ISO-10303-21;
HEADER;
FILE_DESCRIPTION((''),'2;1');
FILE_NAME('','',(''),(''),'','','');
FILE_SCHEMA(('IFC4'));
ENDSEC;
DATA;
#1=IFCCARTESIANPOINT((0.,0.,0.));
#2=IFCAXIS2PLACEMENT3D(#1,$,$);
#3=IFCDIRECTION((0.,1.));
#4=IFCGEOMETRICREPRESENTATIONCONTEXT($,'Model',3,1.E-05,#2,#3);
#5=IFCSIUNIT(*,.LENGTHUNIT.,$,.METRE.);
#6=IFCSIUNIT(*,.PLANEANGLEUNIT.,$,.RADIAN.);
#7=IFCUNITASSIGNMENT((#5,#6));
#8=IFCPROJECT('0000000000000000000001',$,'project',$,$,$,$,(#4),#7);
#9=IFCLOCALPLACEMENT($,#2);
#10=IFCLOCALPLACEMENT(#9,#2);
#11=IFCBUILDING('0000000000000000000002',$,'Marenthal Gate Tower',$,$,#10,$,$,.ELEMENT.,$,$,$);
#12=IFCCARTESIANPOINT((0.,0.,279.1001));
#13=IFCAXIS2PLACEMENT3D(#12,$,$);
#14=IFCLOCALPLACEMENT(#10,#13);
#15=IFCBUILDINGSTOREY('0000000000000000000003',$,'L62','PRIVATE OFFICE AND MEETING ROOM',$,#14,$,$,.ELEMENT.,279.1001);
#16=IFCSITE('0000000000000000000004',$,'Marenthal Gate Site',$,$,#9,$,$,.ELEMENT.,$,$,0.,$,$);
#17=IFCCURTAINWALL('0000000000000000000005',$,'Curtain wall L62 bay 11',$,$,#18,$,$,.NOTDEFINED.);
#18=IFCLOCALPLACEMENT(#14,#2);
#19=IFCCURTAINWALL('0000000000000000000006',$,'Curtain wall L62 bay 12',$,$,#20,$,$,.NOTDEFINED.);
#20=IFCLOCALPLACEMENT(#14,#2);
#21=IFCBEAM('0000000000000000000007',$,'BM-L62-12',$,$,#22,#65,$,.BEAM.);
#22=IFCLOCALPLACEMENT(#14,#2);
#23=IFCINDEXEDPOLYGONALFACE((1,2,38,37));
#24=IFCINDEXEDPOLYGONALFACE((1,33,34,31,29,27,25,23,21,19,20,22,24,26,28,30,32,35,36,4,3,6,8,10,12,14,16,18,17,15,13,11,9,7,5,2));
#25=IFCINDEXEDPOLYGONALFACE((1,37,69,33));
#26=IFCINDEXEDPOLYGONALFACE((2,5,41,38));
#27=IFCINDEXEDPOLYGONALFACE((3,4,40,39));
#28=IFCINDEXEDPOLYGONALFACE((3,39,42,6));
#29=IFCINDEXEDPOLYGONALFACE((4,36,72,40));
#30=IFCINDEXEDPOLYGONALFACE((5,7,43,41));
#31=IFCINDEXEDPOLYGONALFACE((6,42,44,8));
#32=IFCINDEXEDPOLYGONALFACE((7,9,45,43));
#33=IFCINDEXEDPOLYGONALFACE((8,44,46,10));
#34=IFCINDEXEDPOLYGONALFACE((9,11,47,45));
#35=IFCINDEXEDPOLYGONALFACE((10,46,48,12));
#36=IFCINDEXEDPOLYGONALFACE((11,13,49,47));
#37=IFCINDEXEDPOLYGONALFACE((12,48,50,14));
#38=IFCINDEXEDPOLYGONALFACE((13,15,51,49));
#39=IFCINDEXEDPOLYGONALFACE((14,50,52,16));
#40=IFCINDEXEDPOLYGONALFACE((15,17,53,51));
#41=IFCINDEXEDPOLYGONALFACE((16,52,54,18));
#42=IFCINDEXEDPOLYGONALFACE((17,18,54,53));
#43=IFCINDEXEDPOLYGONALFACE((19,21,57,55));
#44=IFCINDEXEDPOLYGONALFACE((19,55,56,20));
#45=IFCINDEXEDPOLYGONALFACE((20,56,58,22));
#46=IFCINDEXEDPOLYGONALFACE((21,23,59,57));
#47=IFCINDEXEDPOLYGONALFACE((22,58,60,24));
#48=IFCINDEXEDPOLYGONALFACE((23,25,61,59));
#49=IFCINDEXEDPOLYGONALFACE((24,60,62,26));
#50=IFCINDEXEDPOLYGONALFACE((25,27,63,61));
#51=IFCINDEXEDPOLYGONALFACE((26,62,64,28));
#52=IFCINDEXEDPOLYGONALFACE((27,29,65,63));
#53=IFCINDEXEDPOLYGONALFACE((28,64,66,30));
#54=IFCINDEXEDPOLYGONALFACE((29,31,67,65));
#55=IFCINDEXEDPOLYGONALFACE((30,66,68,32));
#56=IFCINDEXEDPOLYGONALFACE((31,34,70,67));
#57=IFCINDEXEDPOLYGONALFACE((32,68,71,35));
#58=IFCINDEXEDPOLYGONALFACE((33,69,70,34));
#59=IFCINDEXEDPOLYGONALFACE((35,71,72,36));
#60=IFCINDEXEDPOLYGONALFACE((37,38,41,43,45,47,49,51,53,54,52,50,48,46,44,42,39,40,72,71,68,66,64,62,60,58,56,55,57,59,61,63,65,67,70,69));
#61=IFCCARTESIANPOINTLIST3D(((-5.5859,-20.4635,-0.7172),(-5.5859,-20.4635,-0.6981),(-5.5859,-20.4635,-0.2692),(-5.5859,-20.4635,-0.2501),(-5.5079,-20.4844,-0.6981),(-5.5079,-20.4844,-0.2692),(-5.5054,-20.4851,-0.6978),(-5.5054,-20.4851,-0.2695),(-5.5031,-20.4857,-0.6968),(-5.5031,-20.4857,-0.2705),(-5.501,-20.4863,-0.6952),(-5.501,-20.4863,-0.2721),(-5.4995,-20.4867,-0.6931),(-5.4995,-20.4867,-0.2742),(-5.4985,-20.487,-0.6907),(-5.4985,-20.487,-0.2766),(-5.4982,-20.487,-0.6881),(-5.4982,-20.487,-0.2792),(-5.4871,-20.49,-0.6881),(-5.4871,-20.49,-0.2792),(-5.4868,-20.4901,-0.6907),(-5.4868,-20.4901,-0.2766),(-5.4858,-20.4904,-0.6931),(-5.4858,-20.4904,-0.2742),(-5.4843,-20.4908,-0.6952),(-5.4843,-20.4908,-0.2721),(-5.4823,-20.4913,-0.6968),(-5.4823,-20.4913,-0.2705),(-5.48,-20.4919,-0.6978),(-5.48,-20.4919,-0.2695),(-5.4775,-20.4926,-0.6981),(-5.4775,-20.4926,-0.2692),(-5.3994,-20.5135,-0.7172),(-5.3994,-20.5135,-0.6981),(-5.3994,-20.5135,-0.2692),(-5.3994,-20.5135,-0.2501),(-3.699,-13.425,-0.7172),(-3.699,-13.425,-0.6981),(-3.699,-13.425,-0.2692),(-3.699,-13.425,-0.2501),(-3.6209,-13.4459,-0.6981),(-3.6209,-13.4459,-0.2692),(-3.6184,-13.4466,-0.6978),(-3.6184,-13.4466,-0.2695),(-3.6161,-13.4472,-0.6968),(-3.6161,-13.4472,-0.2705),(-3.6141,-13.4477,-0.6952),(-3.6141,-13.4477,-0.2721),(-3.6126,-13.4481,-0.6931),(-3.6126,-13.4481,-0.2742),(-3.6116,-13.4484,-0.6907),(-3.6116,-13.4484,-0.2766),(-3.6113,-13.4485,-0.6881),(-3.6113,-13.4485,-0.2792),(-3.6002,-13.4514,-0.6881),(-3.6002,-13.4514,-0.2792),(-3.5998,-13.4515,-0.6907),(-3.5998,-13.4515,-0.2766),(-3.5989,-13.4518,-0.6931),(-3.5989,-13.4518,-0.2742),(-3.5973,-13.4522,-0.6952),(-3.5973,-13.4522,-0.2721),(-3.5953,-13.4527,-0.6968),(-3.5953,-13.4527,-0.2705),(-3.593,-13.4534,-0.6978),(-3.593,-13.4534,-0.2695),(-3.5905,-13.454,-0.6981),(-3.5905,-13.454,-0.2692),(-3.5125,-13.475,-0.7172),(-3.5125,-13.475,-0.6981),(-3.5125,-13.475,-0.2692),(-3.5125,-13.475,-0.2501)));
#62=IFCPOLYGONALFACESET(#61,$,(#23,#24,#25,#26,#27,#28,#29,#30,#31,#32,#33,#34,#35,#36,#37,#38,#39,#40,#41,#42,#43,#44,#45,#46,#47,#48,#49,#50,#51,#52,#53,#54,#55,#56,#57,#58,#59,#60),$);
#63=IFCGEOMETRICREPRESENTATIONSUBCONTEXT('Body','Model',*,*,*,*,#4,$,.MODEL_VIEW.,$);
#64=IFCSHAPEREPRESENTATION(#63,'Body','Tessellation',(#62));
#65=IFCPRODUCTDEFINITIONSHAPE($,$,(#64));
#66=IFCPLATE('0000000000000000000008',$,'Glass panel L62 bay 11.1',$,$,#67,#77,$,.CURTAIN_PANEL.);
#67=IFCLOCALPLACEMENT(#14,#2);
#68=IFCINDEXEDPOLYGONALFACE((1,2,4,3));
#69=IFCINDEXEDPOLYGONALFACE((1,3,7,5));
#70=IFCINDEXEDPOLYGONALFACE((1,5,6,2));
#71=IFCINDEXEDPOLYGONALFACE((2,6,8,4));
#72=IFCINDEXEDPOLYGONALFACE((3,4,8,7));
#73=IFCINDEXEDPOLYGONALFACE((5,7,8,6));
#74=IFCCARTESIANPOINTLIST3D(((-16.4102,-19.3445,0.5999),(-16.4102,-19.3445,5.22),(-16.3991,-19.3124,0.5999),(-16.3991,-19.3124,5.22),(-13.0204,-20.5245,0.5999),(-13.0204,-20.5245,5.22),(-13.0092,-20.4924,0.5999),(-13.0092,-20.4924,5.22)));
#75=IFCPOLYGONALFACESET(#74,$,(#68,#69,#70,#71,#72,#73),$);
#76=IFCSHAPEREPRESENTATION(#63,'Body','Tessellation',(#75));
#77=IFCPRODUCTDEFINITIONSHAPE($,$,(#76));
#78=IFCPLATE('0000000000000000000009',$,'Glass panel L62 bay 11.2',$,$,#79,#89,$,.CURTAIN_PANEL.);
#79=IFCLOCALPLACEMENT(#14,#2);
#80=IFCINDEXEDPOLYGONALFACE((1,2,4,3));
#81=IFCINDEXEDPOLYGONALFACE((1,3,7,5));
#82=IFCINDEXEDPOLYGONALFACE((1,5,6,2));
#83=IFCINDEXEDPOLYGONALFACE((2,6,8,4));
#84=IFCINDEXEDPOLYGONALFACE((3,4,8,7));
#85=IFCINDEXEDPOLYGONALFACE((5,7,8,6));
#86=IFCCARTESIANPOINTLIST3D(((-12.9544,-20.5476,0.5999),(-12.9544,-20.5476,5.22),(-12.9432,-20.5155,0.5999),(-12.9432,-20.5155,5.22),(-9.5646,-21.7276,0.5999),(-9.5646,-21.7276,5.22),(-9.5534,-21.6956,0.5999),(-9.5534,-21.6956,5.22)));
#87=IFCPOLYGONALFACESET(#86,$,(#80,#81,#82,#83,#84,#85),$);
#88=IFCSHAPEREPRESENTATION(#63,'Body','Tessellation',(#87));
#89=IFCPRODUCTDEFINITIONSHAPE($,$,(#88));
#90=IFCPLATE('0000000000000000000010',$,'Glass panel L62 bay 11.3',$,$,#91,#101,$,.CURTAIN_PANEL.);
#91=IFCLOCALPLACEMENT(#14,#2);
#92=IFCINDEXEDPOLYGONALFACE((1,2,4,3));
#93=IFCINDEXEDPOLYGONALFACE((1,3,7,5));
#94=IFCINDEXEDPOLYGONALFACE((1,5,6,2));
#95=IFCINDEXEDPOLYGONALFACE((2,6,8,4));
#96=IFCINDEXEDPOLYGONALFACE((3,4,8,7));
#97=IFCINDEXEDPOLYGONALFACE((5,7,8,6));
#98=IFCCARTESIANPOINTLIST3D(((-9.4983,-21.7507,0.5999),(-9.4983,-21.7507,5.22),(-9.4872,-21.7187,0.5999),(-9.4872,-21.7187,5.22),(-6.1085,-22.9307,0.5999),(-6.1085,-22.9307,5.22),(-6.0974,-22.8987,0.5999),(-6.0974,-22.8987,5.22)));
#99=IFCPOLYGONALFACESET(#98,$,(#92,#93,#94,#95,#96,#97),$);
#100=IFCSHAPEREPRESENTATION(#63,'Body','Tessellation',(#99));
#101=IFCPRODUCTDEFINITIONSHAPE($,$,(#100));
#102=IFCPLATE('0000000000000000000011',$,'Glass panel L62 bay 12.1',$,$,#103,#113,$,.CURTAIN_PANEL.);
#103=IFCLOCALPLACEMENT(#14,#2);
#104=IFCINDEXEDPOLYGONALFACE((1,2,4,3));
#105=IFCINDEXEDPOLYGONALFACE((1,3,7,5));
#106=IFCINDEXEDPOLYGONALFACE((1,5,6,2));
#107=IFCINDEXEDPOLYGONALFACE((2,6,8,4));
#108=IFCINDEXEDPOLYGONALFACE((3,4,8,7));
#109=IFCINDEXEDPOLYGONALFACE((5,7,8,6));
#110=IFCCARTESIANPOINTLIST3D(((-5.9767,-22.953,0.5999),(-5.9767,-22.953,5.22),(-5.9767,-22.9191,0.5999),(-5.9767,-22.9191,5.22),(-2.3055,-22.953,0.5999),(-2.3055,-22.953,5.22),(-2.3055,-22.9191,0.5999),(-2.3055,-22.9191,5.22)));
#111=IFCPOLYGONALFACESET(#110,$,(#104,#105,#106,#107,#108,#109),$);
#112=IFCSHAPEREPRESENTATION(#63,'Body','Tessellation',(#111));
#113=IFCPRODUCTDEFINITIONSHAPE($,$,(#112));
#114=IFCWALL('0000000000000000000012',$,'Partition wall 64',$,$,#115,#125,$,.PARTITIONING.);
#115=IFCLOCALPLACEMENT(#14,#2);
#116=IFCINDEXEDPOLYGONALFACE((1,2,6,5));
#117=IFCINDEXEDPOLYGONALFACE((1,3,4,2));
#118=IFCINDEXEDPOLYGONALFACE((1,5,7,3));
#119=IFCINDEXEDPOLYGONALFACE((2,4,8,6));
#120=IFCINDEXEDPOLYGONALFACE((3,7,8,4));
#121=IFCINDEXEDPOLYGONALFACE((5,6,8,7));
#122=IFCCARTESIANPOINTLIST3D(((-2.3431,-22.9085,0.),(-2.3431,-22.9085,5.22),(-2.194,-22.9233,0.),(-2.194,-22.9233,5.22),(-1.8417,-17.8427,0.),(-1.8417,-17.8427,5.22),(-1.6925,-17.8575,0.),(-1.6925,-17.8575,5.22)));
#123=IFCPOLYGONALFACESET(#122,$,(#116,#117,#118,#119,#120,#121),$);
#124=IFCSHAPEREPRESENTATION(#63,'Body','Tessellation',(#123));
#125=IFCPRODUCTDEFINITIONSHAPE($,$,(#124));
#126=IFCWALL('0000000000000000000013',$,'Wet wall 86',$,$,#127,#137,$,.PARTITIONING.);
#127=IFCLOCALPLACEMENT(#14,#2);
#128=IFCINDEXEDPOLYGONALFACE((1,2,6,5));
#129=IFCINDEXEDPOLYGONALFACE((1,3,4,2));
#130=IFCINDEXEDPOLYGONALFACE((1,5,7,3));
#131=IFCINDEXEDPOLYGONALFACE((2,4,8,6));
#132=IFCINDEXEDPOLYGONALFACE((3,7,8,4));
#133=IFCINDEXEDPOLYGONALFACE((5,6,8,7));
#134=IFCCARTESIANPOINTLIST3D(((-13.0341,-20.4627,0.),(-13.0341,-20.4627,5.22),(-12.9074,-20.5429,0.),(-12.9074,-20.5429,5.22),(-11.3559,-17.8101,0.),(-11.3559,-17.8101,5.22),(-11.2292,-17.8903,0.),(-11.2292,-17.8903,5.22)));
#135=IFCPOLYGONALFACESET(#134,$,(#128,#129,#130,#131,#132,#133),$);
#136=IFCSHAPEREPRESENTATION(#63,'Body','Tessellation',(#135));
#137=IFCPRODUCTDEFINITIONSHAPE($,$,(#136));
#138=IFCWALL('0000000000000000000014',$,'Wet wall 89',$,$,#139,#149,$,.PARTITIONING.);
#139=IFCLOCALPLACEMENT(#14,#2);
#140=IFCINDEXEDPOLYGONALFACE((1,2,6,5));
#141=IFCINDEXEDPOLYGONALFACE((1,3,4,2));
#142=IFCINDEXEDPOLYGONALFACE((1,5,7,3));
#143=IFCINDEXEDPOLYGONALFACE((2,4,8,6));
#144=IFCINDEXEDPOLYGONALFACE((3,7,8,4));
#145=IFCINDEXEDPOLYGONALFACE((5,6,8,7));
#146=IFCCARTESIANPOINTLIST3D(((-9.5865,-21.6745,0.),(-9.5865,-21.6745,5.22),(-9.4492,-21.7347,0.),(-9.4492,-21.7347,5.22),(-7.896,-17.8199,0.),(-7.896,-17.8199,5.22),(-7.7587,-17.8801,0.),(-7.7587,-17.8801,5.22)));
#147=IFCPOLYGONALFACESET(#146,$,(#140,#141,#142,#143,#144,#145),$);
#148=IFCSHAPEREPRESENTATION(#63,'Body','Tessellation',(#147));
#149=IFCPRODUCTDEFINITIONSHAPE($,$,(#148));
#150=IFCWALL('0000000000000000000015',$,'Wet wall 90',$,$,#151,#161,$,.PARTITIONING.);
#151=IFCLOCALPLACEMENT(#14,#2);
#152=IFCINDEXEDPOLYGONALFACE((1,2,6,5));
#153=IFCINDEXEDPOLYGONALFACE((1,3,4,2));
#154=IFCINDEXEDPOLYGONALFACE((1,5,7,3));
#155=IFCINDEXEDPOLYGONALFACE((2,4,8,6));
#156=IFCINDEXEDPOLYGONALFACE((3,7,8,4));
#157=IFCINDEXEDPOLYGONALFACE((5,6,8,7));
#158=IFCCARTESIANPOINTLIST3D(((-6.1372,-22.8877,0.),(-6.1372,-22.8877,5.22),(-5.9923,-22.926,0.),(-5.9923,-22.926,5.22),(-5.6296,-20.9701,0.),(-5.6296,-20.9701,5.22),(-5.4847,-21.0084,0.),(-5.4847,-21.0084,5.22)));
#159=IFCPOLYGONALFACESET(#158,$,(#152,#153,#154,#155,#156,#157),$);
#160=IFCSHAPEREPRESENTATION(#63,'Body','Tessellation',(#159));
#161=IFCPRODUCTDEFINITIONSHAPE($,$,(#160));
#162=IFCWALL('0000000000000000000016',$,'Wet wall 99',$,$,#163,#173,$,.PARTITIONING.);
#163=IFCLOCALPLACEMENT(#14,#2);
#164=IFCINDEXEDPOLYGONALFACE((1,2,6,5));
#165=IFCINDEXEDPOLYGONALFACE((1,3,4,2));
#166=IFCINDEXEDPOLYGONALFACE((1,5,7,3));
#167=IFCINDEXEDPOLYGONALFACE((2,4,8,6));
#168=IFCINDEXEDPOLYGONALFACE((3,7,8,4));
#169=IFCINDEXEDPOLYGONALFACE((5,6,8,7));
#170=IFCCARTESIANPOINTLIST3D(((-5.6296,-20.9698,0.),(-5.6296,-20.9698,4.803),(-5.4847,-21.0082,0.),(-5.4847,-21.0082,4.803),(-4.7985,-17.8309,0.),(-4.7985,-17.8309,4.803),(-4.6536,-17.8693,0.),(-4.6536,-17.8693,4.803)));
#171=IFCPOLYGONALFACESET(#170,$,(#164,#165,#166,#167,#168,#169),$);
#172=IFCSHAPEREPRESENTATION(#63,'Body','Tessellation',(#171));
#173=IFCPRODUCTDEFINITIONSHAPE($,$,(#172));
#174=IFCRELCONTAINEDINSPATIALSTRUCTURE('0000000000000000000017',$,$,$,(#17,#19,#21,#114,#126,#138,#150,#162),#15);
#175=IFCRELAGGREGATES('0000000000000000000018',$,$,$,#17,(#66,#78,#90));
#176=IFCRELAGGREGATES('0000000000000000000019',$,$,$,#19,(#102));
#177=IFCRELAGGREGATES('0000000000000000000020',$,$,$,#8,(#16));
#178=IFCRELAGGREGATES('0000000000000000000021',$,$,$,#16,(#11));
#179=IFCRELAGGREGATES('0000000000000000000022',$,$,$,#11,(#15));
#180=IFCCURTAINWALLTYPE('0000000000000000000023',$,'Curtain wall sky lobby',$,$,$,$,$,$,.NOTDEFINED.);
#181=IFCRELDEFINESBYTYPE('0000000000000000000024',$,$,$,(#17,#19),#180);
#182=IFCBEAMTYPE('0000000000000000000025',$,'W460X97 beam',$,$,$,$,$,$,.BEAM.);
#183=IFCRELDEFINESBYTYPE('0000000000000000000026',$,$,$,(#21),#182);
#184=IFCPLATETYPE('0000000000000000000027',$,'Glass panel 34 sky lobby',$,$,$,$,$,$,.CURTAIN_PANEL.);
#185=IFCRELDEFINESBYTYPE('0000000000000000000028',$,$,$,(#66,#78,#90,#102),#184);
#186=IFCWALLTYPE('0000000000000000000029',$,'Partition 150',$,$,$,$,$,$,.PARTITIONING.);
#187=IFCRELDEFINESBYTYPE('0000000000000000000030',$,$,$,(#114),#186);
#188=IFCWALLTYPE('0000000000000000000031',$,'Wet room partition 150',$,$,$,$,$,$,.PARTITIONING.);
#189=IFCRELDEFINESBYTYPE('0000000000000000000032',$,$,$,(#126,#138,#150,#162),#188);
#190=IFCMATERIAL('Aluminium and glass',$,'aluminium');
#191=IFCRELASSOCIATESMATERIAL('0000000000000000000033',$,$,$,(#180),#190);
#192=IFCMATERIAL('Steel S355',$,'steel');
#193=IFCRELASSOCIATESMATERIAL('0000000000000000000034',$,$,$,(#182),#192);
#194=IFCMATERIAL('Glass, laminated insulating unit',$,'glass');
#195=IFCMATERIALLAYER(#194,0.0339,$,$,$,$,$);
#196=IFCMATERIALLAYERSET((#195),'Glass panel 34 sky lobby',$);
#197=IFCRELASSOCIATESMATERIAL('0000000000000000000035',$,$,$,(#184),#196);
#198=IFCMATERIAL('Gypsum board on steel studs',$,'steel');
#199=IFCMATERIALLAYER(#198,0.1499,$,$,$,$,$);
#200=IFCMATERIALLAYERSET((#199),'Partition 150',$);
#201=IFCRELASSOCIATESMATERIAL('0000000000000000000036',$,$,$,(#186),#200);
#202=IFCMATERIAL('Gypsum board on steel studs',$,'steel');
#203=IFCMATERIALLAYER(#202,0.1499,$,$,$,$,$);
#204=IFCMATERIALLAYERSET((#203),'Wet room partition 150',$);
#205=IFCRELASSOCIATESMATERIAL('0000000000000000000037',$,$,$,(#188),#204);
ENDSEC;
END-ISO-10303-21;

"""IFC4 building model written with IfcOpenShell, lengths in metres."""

from ifc_helpers import new_model, si_unit, direction, frame, frame_2d, origin, origin_2d, place, context, subcontext, project, spatial, rectangle, i_section, extrude, material, layer, layer_set, material_profile, profile_set, type_object, element, aggregate, save


model = new_model("IFC4")

# Units and contexts
model_context = context("Model", 3, precision=1e-05, world=origin(), true_north=direction((0.0, 1.0)))
body_context = subcontext(model_context, "Body", "Model", "MODEL_VIEW")
ifc_project = project(units=[si_unit("LENGTHUNIT", "METRE"), si_unit("PLANEANGLEUNIT", "RADIAN")], contexts=[model_context])

# Site, building, storey
site_placement = place(None, origin())
site = spatial("IfcSite", under=ifc_project, at=site_placement, Name="Marenthal Gate Site", CompositionType="ELEMENT", RefElevation=0.0)
building_placement = place(site_placement, origin())
building = spatial("IfcBuilding", under=site, at=building_placement, Name="Marenthal Gate Tower", CompositionType="ELEMENT")
storey_placement = place(building_placement, frame((0.0, 0.0, 279.1001)))
storey = spatial("IfcBuildingStorey", under=building, at=storey_placement, Name="L62", Description="PRIVATE OFFICE AND MEETING ROOM", CompositionType="ELEMENT", Elevation=279.1001)

# Curtain walls
ifc_material_1 = material(Name="Aluminium and glass", Category="aluminium")
curtain_wall_type = type_object("IfcCurtainWallType", Name="Curtain wall sky lobby", PredefinedType="NOTDEFINED", material=ifc_material_1)
curtain_wall_1_placement = place(storey_placement, origin())
curtain_wall_1 = element("IfcCurtainWall", 1, at=curtain_wall_1_placement, inside=storey, type_object=curtain_wall_type, Name="Curtain wall L62 bay 11", PredefinedType="NOTDEFINED")
curtain_wall_2_placement = place(storey_placement, origin())
curtain_wall_2 = element("IfcCurtainWall", 2, at=curtain_wall_2_placement, inside=storey, type_object=curtain_wall_type, Name="Curtain wall L62 bay 12", PredefinedType="NOTDEFINED")

# Beam
ifc_material_2 = material(Name="Steel S355", Category="steel")
ifc_material_profile_1 = material_profile(ifc_material_2, i_section(OverallWidth=0.1931, OverallDepth=0.467, WebThickness=0.0115, FlangeThickness=0.019, FilletRadius=0.01, at=origin_2d()), Name="W460X97")
ifc_profile_set_1 = profile_set([ifc_material_profile_1], Name="Steel S355")
beam_type_1 = type_object("IfcBeamType", Name="W460X97 beam", PredefinedType="BEAM", material=ifc_profile_set_1)
beam_1_placement = place(storey_placement, frame((-5.4927, -20.4885, -0.4836), z_axis=(0.258945, 0.965892, 0.0), x_axis=(-0.965892, 0.258945, 0.0)))
element("IfcBeam", 3, at=beam_1_placement, inside=storey, type_object=beam_type_1, Name="BM-L62-12", PredefinedType="BEAM", context=body_context, shape_type="SweptSolid", body=[
    extrude(i_section(OverallWidth=0.1931, OverallDepth=0.467, WebThickness=0.0115, FlangeThickness=0.019, FilletRadius=0.01, at=origin_2d()), origin(), (0.0, 0.0, 1.0), 7.2871),
])

# Plates
ifc_material_3 = material(Name="Glass, laminated insulating unit", Category="glass")
ifc_layer_1 = layer(ifc_material_3, 0.0339)
ifc_layer_set_1 = layer_set([ifc_layer_1], Name="Glass panel 34 sky lobby")
plate_type = type_object("IfcPlateType", Name="Glass panel 34 sky lobby", PredefinedType="CURTAIN_PANEL", material=ifc_layer_set_1)
plate_1_placement = place(storey_placement, frame((-14.7097, -19.9185, 0.5999), z_axis=(0.0, 0.0, 1.0), x_axis=(0.944415, -0.328757, 0.0)))
plate_1 = element("IfcPlate", 4, at=plate_1_placement, type_object=plate_type, Name="Glass panel L62 bay 11.1", PredefinedType="CURTAIN_PANEL", context=body_context, shape_type="SweptSolid", body=[
    extrude(rectangle(XDim=3.5894, YDim=0.0339, at=origin_2d()), origin(), (0.0, 0.0, 1.0), 4.6201),
])
plate_2_placement = place(storey_placement, frame((-11.2539, -21.1216, 0.5999), z_axis=(0.0, 0.0, 1.0), x_axis=(0.944415, -0.328757, 0.0)))
plate_2 = element("IfcPlate", 5, at=plate_2_placement, type_object=plate_type, Name="Glass panel L62 bay 11.2", PredefinedType="CURTAIN_PANEL", context=body_context, shape_type="SweptSolid", body=[
    extrude(rectangle(XDim=3.5894, YDim=0.0339, at=origin_2d()), origin(), (0.0, 0.0, 1.0), 4.6201),
])
plate_3_placement = place(storey_placement, frame((-7.7979, -22.3247, 0.5999), z_axis=(0.0, 0.0, 1.0), x_axis=(0.944415, -0.328757, 0.0)))
plate_3 = element("IfcPlate", 6, at=plate_3_placement, type_object=plate_type, Name="Glass panel L62 bay 11.3", PredefinedType="CURTAIN_PANEL", context=body_context, shape_type="SweptSolid", body=[
    extrude(rectangle(XDim=3.5894, YDim=0.0339, at=origin_2d()), origin(), (0.0, 0.0, 1.0), 4.6201),
])
aggregate(curtain_wall_1, [plate_1, plate_2, plate_3])
plate_4_placement = place(storey_placement, frame((-4.1411, -22.936, 0.5999), z_axis=(0.0, 0.0, 1.0), x_axis=(1.0, 0.0, 0.0)))
plate_4 = element("IfcPlate", 7, at=plate_4_placement, type_object=plate_type, Name="Glass panel L62 bay 12.1", PredefinedType="CURTAIN_PANEL", context=body_context, shape_type="SweptSolid", body=[
    extrude(rectangle(XDim=3.6711, YDim=0.0339, at=origin_2d()), origin(), (0.0, 0.0, 1.0), 4.6201),
])
aggregate(curtain_wall_2, [plate_4])

# Walls
ifc_material_4 = material(Name="Gypsum board on steel studs", Category="steel")
ifc_layer_2 = layer(ifc_material_4, 0.1499)
ifc_layer_set_2 = layer_set([ifc_layer_2], Name="Partition 150")
wall_type_1 = type_object("IfcWallType", Name="Partition 150", PredefinedType="PARTITIONING", material=ifc_layer_set_2)
wall_1_placement = place(storey_placement, frame((-2.2686, -22.916, 0.0), z_axis=(0.0, 0.0, 1.0), x_axis=(0.098507, 0.995136, 0.0)))
element("IfcWall", 8, at=wall_1_placement, inside=storey, type_object=wall_type_1, Name="Partition wall 64", PredefinedType="PARTITIONING", context=body_context, shape_type="SweptSolid", body=[
    extrude(rectangle(XDim=5.0906, YDim=0.1499, at=frame_2d((2.5454, 0.0))), origin(), (0.0, 0.0, 1.0), 5.22),
])
ifc_material_5 = material(Name="Gypsum board on steel studs", Category="steel")
ifc_layer_3 = layer(ifc_material_5, 0.1499)
ifc_layer_set_3 = layer_set([ifc_layer_3], Name="Wet room partition 150")
wall_type_2 = type_object("IfcWallType", Name="Wet room partition 150", PredefinedType="PARTITIONING", material=ifc_layer_set_3)
wall_2_placement = place(storey_placement, frame((-12.9707, -20.5027, 0.0), z_axis=(0.0, 0.0, 1.0), x_axis=(0.534654, 0.845071, 0.0)))
element("IfcWall", 9, at=wall_2_placement, inside=storey, type_object=wall_type_2, Name="Wet wall 86", PredefinedType="PARTITIONING", context=body_context, shape_type="SweptSolid", body=[
    extrude(rectangle(XDim=3.1389, YDim=0.1499, at=frame_2d((1.5693, 0.0))), origin(), (0.0, 0.0, 1.0), 5.22),
])
wall_3_placement = place(storey_placement, frame((-9.5178, -21.7046, 0.0), z_axis=(0.0, 0.0, 1.0), x_axis=(0.401634, 0.9158, 0.0)))
element("IfcWall", 10, at=wall_3_placement, inside=storey, type_object=wall_type_2, Name="Wet wall 89", PredefinedType="PARTITIONING", context=body_context, shape_type="SweptSolid", body=[
    extrude(rectangle(XDim=4.209, YDim=0.1499, at=frame_2d((2.1045, 0.0))), origin(), (0.0, 0.0, 1.0), 5.22),
])
wall_4_placement = place(storey_placement, frame((-6.0647, -22.9067, 0.0), z_axis=(0.0, 0.0, 1.0), x_axis=(0.255862, 0.966713, 0.0)))
element("IfcWall", 11, at=wall_4_placement, inside=storey, type_object=wall_type_2, Name="Wet wall 90", PredefinedType="PARTITIONING", context=body_context, shape_type="SweptSolid", body=[
    extrude(rectangle(XDim=1.9836, YDim=0.1499, at=frame_2d((0.9917, 0.0))), origin(), (0.0, 0.0, 1.0), 5.22),
])
wall_5_placement = place(storey_placement, frame((-5.5571, -20.989, 0.0), z_axis=(0.0, 0.0, 1.0), x_axis=(0.25594, 0.966693, 0.0)))
element("IfcWall", 12, at=wall_5_placement, inside=storey, type_object=wall_type_2, Name="Wet wall 99", PredefinedType="PARTITIONING", context=body_context, shape_type="SweptSolid", body=[
    extrude(rectangle(XDim=3.2471, YDim=0.1499, at=frame_2d((1.6235, 0.0))), origin(), (0.0, 0.0, 1.0), 4.803),
])

save(model, "model.ifc")
